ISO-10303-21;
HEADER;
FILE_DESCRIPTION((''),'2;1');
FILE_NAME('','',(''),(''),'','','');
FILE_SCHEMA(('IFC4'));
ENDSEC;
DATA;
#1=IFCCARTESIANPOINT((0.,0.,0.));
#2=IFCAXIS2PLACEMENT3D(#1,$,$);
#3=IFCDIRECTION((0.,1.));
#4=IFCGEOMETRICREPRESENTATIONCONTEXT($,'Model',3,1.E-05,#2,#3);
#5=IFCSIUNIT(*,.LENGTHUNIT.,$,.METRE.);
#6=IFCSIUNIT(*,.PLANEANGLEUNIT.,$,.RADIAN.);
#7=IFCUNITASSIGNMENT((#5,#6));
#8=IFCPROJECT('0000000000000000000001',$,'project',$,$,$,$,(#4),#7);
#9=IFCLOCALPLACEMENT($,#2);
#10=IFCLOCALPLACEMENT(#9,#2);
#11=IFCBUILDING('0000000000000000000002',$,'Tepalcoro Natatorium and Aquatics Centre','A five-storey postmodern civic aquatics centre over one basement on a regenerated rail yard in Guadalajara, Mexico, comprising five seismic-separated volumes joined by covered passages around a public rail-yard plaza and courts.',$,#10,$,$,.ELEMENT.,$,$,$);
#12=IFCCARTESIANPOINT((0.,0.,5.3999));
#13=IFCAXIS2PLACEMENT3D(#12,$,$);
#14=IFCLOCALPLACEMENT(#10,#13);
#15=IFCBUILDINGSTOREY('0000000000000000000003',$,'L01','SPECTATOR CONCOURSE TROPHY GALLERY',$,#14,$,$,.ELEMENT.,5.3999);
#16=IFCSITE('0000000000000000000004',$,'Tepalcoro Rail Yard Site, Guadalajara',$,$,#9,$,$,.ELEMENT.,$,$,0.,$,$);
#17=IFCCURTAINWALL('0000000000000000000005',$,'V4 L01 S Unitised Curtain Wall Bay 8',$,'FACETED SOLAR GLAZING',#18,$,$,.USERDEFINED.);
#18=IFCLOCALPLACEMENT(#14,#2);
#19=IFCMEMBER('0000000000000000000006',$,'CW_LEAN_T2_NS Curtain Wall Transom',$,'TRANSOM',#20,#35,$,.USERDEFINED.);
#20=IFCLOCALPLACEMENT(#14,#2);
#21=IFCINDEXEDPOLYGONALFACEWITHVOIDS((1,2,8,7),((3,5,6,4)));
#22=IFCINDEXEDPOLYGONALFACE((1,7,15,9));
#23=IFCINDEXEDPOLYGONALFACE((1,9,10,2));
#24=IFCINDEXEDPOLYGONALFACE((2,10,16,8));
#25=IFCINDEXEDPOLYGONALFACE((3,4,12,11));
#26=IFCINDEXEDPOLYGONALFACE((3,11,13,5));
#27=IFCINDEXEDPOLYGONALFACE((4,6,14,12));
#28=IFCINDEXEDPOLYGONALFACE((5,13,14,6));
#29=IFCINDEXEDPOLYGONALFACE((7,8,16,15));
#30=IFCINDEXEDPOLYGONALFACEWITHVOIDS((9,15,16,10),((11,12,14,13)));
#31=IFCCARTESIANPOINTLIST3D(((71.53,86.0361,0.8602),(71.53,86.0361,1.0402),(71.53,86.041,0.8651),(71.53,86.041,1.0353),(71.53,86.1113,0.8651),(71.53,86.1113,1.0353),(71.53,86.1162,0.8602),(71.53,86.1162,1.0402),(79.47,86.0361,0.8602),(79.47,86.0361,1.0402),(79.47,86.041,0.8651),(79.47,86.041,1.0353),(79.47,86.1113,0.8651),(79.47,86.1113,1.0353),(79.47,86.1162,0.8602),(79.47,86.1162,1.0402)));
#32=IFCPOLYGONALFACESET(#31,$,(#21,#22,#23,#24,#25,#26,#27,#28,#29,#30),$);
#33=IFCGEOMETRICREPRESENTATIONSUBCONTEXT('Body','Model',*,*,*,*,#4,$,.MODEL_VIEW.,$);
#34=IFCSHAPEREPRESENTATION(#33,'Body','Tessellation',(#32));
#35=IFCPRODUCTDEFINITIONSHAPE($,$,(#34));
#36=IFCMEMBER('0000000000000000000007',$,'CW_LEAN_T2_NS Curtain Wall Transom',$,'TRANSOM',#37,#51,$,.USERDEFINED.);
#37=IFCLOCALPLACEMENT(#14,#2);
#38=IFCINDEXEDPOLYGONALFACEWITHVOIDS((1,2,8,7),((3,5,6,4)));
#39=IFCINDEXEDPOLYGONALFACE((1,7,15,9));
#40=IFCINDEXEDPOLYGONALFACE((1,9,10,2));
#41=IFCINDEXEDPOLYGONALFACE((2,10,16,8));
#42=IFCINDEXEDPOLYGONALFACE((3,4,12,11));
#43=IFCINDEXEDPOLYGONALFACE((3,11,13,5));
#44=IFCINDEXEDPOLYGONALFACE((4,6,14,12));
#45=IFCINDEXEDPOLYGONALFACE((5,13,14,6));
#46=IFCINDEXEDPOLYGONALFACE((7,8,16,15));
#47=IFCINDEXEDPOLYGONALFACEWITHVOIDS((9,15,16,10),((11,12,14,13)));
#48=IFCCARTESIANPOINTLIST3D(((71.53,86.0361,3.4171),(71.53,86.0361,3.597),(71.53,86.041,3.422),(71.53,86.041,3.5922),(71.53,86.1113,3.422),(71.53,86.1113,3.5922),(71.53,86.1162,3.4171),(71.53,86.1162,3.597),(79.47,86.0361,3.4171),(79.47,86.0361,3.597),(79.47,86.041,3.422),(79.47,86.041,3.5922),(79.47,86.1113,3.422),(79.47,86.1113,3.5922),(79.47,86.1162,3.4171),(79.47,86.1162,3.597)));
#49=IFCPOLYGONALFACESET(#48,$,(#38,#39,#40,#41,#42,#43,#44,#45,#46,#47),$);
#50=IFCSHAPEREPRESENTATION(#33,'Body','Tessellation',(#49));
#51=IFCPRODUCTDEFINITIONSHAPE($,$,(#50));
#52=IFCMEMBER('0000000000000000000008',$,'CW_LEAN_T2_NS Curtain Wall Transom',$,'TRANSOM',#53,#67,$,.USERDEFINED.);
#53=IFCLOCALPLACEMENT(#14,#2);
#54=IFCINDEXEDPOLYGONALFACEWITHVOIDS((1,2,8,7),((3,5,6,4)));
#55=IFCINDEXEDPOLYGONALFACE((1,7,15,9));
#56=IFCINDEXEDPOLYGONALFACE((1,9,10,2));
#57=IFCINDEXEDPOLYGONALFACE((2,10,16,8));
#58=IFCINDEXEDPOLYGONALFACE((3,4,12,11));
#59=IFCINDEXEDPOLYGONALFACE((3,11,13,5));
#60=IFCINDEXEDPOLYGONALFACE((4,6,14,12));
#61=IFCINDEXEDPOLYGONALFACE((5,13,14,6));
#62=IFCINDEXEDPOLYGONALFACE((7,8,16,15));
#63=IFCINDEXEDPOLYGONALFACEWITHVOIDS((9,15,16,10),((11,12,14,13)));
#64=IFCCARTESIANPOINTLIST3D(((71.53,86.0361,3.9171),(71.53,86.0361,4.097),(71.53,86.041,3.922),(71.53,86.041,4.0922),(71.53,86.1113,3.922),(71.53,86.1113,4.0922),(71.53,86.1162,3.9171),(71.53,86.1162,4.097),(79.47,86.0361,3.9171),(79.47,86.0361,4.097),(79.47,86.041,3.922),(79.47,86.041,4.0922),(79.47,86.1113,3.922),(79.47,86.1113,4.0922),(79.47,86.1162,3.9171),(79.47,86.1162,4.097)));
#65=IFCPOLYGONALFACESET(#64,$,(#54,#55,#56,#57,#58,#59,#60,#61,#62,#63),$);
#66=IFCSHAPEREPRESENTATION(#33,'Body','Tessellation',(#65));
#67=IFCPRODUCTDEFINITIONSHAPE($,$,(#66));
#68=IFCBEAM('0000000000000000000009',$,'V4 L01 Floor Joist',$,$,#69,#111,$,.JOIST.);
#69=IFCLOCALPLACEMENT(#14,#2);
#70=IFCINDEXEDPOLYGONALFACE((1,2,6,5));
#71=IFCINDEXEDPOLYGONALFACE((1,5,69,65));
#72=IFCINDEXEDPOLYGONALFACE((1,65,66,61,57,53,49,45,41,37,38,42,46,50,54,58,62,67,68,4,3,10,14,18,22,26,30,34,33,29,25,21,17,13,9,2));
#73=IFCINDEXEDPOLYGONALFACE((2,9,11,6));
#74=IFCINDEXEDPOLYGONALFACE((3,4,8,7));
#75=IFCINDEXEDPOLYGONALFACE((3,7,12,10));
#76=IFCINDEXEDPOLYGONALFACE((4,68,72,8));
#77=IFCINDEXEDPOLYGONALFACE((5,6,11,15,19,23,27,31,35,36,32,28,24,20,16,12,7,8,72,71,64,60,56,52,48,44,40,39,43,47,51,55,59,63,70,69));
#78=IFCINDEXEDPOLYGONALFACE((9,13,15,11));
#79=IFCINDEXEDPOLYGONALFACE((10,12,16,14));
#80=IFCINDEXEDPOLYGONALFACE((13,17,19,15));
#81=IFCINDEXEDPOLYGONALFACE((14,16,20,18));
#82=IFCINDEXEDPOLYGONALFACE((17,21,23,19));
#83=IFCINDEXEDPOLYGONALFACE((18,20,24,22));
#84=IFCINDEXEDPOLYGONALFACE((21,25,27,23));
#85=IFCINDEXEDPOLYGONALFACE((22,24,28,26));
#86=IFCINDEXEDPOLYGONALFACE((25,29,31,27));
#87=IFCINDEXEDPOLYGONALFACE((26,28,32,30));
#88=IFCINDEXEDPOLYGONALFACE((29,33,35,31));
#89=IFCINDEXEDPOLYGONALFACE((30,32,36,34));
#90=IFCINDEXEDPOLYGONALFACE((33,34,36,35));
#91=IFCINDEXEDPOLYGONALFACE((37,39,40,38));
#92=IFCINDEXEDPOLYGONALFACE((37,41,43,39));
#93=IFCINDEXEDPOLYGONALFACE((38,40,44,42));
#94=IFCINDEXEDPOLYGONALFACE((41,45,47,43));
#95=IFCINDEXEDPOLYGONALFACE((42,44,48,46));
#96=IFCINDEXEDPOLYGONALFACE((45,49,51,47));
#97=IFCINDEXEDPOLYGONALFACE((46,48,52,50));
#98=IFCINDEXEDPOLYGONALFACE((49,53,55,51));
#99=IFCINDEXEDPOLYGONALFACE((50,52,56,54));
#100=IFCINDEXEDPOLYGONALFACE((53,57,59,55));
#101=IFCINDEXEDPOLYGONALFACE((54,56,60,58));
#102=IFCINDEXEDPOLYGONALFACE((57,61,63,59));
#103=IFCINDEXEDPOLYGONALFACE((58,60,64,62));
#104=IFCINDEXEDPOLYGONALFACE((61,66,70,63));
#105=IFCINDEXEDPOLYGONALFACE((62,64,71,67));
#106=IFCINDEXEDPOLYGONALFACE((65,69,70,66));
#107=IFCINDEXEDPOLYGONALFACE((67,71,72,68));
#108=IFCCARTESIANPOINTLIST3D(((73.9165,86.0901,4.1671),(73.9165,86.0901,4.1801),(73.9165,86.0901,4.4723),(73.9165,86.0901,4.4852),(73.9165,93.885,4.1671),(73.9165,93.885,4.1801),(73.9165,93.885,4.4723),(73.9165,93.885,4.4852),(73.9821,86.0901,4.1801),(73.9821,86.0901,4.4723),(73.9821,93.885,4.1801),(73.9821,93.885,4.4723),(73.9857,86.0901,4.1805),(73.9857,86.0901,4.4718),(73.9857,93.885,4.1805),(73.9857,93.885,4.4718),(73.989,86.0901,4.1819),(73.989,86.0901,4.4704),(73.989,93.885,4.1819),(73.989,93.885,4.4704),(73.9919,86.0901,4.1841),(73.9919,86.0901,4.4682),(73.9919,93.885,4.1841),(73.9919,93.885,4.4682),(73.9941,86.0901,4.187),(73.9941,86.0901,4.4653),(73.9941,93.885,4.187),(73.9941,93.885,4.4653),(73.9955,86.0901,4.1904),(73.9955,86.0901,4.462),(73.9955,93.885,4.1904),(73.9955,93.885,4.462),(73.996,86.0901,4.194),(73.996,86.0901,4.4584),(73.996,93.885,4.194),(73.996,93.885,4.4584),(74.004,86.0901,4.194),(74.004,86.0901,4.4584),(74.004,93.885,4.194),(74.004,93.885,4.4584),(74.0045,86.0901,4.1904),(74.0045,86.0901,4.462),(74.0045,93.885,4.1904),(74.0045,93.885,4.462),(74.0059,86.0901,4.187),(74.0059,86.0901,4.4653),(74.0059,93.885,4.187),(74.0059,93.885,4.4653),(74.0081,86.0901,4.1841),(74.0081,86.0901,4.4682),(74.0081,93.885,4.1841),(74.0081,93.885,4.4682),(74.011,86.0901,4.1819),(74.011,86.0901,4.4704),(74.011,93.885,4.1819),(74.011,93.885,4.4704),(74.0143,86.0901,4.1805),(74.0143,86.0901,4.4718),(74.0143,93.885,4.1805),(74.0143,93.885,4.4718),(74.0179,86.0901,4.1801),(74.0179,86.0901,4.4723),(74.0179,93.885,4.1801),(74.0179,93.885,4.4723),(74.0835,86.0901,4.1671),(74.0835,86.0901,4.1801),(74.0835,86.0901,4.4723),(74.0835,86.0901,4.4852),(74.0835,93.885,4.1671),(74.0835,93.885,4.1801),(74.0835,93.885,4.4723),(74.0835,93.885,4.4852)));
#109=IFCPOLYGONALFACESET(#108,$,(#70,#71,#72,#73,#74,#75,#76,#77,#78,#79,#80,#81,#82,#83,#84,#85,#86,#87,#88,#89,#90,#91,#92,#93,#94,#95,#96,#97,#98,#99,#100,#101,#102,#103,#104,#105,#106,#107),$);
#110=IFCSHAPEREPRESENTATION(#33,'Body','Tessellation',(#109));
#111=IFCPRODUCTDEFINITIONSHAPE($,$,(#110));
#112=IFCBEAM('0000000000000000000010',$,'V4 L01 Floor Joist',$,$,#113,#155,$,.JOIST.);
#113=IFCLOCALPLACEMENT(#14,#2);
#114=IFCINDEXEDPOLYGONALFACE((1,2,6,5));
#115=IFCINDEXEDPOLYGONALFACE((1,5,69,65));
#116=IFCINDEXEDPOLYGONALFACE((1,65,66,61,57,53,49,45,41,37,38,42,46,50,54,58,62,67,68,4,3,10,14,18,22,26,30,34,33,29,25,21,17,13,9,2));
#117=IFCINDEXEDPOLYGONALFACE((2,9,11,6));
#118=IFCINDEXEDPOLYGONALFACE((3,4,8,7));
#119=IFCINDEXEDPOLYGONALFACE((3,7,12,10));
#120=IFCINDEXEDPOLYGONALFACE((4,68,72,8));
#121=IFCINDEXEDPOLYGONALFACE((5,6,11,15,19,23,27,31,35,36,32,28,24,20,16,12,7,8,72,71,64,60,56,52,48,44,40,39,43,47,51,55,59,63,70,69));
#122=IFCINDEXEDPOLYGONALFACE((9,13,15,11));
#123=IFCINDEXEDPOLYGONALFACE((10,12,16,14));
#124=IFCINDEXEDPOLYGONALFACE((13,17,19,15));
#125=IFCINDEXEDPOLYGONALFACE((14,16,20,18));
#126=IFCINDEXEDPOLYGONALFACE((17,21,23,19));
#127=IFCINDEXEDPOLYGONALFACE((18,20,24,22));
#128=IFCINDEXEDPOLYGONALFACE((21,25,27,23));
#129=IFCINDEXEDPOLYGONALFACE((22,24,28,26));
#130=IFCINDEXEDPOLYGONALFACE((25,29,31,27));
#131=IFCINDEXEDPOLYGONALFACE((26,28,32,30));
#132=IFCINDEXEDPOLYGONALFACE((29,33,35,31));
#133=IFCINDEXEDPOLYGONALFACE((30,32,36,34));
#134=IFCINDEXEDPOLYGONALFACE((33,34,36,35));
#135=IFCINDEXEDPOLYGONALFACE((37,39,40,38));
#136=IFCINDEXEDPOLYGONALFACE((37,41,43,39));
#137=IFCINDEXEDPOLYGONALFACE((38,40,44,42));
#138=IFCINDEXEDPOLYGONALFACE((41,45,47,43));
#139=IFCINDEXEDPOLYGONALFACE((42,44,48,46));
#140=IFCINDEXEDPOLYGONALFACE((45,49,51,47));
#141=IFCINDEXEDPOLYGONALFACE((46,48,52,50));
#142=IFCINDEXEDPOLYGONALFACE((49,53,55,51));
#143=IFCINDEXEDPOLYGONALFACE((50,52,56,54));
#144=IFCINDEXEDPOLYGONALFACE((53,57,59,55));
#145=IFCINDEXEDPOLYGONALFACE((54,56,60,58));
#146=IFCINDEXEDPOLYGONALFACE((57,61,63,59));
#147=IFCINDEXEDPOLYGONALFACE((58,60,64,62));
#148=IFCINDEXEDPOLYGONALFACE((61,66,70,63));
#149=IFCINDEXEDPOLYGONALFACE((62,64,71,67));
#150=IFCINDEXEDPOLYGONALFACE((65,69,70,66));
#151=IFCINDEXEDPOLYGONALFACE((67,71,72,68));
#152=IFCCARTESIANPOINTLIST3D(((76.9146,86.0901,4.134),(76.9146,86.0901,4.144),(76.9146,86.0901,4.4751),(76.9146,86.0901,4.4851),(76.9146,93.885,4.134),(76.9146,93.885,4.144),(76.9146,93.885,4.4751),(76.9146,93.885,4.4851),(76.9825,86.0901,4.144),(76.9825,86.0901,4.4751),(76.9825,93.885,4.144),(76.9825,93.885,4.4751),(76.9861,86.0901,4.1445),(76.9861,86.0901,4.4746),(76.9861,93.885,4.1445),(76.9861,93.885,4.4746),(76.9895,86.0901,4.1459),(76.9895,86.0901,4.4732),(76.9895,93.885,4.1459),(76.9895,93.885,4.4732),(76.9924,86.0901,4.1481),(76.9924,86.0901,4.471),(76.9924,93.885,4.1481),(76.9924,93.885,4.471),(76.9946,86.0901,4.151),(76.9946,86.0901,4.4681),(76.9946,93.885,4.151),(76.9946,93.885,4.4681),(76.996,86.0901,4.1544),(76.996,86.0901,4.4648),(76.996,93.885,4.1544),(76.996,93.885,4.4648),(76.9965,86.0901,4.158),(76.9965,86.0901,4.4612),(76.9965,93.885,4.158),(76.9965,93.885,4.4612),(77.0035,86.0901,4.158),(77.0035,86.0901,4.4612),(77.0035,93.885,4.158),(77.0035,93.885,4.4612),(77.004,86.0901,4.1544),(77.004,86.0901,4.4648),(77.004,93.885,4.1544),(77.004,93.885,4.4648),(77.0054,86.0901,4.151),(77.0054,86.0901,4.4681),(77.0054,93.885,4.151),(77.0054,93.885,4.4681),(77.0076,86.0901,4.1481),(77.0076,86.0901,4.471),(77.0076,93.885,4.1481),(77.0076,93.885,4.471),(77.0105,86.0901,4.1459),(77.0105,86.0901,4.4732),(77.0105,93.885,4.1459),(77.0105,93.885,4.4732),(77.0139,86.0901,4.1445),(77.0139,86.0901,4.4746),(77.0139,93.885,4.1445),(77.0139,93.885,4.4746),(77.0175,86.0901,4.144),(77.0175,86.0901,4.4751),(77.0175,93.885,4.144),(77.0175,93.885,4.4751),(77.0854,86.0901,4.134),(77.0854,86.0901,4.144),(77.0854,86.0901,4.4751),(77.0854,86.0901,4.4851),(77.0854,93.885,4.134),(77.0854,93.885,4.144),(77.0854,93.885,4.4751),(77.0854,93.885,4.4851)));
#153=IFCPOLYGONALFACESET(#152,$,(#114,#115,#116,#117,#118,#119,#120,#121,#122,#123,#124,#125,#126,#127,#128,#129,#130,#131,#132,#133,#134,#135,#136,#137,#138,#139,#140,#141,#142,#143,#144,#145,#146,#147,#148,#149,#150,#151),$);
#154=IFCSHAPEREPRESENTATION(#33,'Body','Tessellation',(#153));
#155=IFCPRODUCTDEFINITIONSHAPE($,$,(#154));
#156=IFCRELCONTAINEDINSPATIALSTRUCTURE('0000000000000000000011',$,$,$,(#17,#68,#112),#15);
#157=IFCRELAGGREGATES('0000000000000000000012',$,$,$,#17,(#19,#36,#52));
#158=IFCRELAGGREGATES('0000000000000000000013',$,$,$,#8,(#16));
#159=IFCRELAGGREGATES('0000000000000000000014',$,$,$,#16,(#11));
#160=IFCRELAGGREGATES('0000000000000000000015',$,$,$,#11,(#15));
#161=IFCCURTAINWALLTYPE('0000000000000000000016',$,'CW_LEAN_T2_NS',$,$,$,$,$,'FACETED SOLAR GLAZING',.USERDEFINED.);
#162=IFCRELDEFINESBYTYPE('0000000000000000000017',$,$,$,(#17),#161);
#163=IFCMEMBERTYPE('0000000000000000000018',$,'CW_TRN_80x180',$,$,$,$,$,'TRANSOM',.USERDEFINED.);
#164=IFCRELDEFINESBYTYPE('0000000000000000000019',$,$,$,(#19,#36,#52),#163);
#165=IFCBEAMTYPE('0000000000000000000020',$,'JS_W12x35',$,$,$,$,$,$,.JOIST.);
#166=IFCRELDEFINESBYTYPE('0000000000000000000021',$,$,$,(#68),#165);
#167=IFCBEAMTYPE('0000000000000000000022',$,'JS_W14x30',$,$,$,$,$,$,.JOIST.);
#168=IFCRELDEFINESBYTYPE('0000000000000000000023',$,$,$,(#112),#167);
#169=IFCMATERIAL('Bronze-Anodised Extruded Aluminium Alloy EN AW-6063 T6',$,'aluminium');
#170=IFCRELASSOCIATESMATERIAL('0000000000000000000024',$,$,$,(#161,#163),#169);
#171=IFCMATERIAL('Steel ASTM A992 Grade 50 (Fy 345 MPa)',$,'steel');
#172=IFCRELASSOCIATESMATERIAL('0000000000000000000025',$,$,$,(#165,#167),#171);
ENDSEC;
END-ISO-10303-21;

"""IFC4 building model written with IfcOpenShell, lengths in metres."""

from ifc_helpers import new_model, si_unit, direction, frame, origin, origin_2d, place, context, subcontext, project, spatial, hollow_rectangle, i_section, extrude, material, material_profile, profile_set, type_object, element, aggregate, save


model = new_model("IFC4")

# Units and contexts
model_context = context("Model", 3, precision=1e-05, world=origin(), true_north=direction((0.0, 1.0)))
body_context = subcontext(model_context, "Body", "Model", "MODEL_VIEW")
ifc_project = project(units=[si_unit("LENGTHUNIT", "METRE"), si_unit("PLANEANGLEUNIT", "RADIAN")], contexts=[model_context])

# Site, building, storey
site_placement = place(None, origin())
site = spatial("IfcSite", under=ifc_project, at=site_placement, Name="Tepalcoro Rail Yard Site, Guadalajara", CompositionType="ELEMENT", RefElevation=0.0)
building_placement = place(site_placement, origin())
building = spatial("IfcBuilding", under=site, at=building_placement, Name="Tepalcoro Natatorium and Aquatics Centre", Description="A five-storey postmodern civic aquatics centre over one basement on a regenerated rail yard in Guadalajara, Mexico, comprising five seismic-separated volumes joined by covered passages around a public rail-yard plaza and courts.", CompositionType="ELEMENT")
storey_placement = place(building_placement, frame((0.0, 0.0, 5.3999)))
storey = spatial("IfcBuildingStorey", under=building, at=storey_placement, Name="L01", Description="SPECTATOR CONCOURSE TROPHY GALLERY", CompositionType="ELEMENT", Elevation=5.3999)

# Shared definitions
ifc_material_1 = material(Name="Bronze-Anodised Extruded Aluminium Alloy EN AW-6063 T6", Category="aluminium")

# Curtain wall, members
curtain_wall_type_1 = type_object("IfcCurtainWallType", Name="CW_LEAN_T2_NS", ElementType="FACETED SOLAR GLAZING", PredefinedType="USERDEFINED", material=ifc_material_1)
curtain_wall_1_placement = place(storey_placement, origin())
curtain_wall_1 = element("IfcCurtainWall", 1, at=curtain_wall_1_placement, inside=storey, type_object=curtain_wall_type_1, Name="V4 L01 S Unitised Curtain Wall Bay 8", ObjectType="FACETED SOLAR GLAZING", PredefinedType="USERDEFINED")
ifc_material_profile_1 = material_profile(ifc_material_1, hollow_rectangle(XDim=0.0801, YDim=0.1799, WallThickness=0.0049, at=origin_2d()), Name="AL80X180X5")
ifc_profile_set_1 = profile_set([ifc_material_profile_1], Name="Bronze-Anodised Extruded Aluminium Alloy EN AW-6063 T6")
member_type_1 = type_object("IfcMemberType", Name="CW_TRN_80x180", ElementType="TRANSOM", PredefinedType="USERDEFINED", material=ifc_profile_set_1)
member_1_placement = place(storey_placement, frame((71.53, 86.0762, 0.9502), z_axis=(1.0, 0.0, 0.0), x_axis=(0.0, 1.0, 0.0)))
member_1 = element("IfcMember", 2, at=member_1_placement, type_object=member_type_1, Name="CW_LEAN_T2_NS Curtain Wall Transom", ObjectType="TRANSOM", PredefinedType="USERDEFINED", context=body_context, shape_type="SweptSolid", body=[
    extrude(hollow_rectangle(XDim=0.0801, YDim=0.1799, WallThickness=0.0049, at=origin_2d()), origin(), (0.0, 0.0, 1.0), 7.9399),
])
member_2_placement = place(storey_placement, frame((71.53, 86.0762, 3.5071), z_axis=(1.0, 0.0, 0.0), x_axis=(0.0, 1.0, 0.0)))
member_2 = element("IfcMember", 3, at=member_2_placement, type_object=member_type_1, Name="CW_LEAN_T2_NS Curtain Wall Transom", ObjectType="TRANSOM", PredefinedType="USERDEFINED", context=body_context, shape_type="SweptSolid", body=[
    extrude(hollow_rectangle(XDim=0.0801, YDim=0.1799, WallThickness=0.0049, at=origin_2d()), origin(), (0.0, 0.0, 1.0), 7.9399),
])
member_3_placement = place(storey_placement, frame((71.53, 86.0762, 4.0071), z_axis=(1.0, 0.0, 0.0), x_axis=(0.0, 1.0, 0.0)))
member_3 = element("IfcMember", 4, at=member_3_placement, type_object=member_type_1, Name="CW_LEAN_T2_NS Curtain Wall Transom", ObjectType="TRANSOM", PredefinedType="USERDEFINED", context=body_context, shape_type="SweptSolid", body=[
    extrude(hollow_rectangle(XDim=0.0801, YDim=0.1799, WallThickness=0.0049, at=origin_2d()), origin(), (0.0, 0.0, 1.0), 7.9399),
])

# Beams
ifc_material_2 = material(Name="Steel ASTM A992 Grade 50 (Fy 345 MPa)", Category="steel")
ifc_material_profile_2 = material_profile(ifc_material_2, i_section(OverallWidth=0.167, OverallDepth=0.3181, WebThickness=0.0081, FlangeThickness=0.0129, FilletRadius=0.0139, at=origin_2d()), Name="W12X35")
ifc_profile_set_2 = profile_set([ifc_material_profile_2], Name="Steel ASTM A992 Grade 50 (Fy 345 MPa)")
beam_type_1 = type_object("IfcBeamType", Name="JS_W12x35", PredefinedType="JOIST", material=ifc_profile_set_2)
beam_1_placement = place(storey_placement, frame((74.0, 86.0901, 4.3262), z_axis=(0.0, 1.0, 0.0), x_axis=(-1.0, 0.0, 0.0)))
element("IfcBeam", 5, at=beam_1_placement, inside=storey, type_object=beam_type_1, Name="V4 L01 Floor Joist", PredefinedType="JOIST", context=body_context, shape_type="SweptSolid", body=[
    extrude(i_section(OverallWidth=0.167, OverallDepth=0.3181, WebThickness=0.0081, FlangeThickness=0.0129, FilletRadius=0.0139, at=origin_2d()), origin(), (0.0, 0.0, 1.0), 7.7949),
])
ifc_material_profile_3 = material_profile(ifc_material_2, i_section(OverallWidth=0.1709, OverallDepth=0.3511, WebThickness=0.0071, FlangeThickness=0.01, FilletRadius=0.0139, at=origin_2d()), Name="W14X30")
ifc_profile_set_3 = profile_set([ifc_material_profile_3], Name="Steel ASTM A992 Grade 50 (Fy 345 MPa)")
beam_type_2 = type_object("IfcBeamType", Name="JS_W14x30", PredefinedType="JOIST", material=ifc_profile_set_3)
beam_2_placement = place(storey_placement, frame((77.0, 86.0901, 4.3096), z_axis=(0.0, 1.0, 0.0), x_axis=(-1.0, 0.0, 0.0)))
element("IfcBeam", 6, at=beam_2_placement, inside=storey, type_object=beam_type_2, Name="V4 L01 Floor Joist", PredefinedType="JOIST", context=body_context, shape_type="SweptSolid", body=[
    extrude(i_section(OverallWidth=0.1709, OverallDepth=0.3511, WebThickness=0.0071, FlangeThickness=0.01, FilletRadius=0.0139, at=origin_2d()), origin(), (0.0, 0.0, 1.0), 7.7949),
])

aggregate(curtain_wall_1, [member_1, member_2, member_3])

save(model, "model.ifc")
